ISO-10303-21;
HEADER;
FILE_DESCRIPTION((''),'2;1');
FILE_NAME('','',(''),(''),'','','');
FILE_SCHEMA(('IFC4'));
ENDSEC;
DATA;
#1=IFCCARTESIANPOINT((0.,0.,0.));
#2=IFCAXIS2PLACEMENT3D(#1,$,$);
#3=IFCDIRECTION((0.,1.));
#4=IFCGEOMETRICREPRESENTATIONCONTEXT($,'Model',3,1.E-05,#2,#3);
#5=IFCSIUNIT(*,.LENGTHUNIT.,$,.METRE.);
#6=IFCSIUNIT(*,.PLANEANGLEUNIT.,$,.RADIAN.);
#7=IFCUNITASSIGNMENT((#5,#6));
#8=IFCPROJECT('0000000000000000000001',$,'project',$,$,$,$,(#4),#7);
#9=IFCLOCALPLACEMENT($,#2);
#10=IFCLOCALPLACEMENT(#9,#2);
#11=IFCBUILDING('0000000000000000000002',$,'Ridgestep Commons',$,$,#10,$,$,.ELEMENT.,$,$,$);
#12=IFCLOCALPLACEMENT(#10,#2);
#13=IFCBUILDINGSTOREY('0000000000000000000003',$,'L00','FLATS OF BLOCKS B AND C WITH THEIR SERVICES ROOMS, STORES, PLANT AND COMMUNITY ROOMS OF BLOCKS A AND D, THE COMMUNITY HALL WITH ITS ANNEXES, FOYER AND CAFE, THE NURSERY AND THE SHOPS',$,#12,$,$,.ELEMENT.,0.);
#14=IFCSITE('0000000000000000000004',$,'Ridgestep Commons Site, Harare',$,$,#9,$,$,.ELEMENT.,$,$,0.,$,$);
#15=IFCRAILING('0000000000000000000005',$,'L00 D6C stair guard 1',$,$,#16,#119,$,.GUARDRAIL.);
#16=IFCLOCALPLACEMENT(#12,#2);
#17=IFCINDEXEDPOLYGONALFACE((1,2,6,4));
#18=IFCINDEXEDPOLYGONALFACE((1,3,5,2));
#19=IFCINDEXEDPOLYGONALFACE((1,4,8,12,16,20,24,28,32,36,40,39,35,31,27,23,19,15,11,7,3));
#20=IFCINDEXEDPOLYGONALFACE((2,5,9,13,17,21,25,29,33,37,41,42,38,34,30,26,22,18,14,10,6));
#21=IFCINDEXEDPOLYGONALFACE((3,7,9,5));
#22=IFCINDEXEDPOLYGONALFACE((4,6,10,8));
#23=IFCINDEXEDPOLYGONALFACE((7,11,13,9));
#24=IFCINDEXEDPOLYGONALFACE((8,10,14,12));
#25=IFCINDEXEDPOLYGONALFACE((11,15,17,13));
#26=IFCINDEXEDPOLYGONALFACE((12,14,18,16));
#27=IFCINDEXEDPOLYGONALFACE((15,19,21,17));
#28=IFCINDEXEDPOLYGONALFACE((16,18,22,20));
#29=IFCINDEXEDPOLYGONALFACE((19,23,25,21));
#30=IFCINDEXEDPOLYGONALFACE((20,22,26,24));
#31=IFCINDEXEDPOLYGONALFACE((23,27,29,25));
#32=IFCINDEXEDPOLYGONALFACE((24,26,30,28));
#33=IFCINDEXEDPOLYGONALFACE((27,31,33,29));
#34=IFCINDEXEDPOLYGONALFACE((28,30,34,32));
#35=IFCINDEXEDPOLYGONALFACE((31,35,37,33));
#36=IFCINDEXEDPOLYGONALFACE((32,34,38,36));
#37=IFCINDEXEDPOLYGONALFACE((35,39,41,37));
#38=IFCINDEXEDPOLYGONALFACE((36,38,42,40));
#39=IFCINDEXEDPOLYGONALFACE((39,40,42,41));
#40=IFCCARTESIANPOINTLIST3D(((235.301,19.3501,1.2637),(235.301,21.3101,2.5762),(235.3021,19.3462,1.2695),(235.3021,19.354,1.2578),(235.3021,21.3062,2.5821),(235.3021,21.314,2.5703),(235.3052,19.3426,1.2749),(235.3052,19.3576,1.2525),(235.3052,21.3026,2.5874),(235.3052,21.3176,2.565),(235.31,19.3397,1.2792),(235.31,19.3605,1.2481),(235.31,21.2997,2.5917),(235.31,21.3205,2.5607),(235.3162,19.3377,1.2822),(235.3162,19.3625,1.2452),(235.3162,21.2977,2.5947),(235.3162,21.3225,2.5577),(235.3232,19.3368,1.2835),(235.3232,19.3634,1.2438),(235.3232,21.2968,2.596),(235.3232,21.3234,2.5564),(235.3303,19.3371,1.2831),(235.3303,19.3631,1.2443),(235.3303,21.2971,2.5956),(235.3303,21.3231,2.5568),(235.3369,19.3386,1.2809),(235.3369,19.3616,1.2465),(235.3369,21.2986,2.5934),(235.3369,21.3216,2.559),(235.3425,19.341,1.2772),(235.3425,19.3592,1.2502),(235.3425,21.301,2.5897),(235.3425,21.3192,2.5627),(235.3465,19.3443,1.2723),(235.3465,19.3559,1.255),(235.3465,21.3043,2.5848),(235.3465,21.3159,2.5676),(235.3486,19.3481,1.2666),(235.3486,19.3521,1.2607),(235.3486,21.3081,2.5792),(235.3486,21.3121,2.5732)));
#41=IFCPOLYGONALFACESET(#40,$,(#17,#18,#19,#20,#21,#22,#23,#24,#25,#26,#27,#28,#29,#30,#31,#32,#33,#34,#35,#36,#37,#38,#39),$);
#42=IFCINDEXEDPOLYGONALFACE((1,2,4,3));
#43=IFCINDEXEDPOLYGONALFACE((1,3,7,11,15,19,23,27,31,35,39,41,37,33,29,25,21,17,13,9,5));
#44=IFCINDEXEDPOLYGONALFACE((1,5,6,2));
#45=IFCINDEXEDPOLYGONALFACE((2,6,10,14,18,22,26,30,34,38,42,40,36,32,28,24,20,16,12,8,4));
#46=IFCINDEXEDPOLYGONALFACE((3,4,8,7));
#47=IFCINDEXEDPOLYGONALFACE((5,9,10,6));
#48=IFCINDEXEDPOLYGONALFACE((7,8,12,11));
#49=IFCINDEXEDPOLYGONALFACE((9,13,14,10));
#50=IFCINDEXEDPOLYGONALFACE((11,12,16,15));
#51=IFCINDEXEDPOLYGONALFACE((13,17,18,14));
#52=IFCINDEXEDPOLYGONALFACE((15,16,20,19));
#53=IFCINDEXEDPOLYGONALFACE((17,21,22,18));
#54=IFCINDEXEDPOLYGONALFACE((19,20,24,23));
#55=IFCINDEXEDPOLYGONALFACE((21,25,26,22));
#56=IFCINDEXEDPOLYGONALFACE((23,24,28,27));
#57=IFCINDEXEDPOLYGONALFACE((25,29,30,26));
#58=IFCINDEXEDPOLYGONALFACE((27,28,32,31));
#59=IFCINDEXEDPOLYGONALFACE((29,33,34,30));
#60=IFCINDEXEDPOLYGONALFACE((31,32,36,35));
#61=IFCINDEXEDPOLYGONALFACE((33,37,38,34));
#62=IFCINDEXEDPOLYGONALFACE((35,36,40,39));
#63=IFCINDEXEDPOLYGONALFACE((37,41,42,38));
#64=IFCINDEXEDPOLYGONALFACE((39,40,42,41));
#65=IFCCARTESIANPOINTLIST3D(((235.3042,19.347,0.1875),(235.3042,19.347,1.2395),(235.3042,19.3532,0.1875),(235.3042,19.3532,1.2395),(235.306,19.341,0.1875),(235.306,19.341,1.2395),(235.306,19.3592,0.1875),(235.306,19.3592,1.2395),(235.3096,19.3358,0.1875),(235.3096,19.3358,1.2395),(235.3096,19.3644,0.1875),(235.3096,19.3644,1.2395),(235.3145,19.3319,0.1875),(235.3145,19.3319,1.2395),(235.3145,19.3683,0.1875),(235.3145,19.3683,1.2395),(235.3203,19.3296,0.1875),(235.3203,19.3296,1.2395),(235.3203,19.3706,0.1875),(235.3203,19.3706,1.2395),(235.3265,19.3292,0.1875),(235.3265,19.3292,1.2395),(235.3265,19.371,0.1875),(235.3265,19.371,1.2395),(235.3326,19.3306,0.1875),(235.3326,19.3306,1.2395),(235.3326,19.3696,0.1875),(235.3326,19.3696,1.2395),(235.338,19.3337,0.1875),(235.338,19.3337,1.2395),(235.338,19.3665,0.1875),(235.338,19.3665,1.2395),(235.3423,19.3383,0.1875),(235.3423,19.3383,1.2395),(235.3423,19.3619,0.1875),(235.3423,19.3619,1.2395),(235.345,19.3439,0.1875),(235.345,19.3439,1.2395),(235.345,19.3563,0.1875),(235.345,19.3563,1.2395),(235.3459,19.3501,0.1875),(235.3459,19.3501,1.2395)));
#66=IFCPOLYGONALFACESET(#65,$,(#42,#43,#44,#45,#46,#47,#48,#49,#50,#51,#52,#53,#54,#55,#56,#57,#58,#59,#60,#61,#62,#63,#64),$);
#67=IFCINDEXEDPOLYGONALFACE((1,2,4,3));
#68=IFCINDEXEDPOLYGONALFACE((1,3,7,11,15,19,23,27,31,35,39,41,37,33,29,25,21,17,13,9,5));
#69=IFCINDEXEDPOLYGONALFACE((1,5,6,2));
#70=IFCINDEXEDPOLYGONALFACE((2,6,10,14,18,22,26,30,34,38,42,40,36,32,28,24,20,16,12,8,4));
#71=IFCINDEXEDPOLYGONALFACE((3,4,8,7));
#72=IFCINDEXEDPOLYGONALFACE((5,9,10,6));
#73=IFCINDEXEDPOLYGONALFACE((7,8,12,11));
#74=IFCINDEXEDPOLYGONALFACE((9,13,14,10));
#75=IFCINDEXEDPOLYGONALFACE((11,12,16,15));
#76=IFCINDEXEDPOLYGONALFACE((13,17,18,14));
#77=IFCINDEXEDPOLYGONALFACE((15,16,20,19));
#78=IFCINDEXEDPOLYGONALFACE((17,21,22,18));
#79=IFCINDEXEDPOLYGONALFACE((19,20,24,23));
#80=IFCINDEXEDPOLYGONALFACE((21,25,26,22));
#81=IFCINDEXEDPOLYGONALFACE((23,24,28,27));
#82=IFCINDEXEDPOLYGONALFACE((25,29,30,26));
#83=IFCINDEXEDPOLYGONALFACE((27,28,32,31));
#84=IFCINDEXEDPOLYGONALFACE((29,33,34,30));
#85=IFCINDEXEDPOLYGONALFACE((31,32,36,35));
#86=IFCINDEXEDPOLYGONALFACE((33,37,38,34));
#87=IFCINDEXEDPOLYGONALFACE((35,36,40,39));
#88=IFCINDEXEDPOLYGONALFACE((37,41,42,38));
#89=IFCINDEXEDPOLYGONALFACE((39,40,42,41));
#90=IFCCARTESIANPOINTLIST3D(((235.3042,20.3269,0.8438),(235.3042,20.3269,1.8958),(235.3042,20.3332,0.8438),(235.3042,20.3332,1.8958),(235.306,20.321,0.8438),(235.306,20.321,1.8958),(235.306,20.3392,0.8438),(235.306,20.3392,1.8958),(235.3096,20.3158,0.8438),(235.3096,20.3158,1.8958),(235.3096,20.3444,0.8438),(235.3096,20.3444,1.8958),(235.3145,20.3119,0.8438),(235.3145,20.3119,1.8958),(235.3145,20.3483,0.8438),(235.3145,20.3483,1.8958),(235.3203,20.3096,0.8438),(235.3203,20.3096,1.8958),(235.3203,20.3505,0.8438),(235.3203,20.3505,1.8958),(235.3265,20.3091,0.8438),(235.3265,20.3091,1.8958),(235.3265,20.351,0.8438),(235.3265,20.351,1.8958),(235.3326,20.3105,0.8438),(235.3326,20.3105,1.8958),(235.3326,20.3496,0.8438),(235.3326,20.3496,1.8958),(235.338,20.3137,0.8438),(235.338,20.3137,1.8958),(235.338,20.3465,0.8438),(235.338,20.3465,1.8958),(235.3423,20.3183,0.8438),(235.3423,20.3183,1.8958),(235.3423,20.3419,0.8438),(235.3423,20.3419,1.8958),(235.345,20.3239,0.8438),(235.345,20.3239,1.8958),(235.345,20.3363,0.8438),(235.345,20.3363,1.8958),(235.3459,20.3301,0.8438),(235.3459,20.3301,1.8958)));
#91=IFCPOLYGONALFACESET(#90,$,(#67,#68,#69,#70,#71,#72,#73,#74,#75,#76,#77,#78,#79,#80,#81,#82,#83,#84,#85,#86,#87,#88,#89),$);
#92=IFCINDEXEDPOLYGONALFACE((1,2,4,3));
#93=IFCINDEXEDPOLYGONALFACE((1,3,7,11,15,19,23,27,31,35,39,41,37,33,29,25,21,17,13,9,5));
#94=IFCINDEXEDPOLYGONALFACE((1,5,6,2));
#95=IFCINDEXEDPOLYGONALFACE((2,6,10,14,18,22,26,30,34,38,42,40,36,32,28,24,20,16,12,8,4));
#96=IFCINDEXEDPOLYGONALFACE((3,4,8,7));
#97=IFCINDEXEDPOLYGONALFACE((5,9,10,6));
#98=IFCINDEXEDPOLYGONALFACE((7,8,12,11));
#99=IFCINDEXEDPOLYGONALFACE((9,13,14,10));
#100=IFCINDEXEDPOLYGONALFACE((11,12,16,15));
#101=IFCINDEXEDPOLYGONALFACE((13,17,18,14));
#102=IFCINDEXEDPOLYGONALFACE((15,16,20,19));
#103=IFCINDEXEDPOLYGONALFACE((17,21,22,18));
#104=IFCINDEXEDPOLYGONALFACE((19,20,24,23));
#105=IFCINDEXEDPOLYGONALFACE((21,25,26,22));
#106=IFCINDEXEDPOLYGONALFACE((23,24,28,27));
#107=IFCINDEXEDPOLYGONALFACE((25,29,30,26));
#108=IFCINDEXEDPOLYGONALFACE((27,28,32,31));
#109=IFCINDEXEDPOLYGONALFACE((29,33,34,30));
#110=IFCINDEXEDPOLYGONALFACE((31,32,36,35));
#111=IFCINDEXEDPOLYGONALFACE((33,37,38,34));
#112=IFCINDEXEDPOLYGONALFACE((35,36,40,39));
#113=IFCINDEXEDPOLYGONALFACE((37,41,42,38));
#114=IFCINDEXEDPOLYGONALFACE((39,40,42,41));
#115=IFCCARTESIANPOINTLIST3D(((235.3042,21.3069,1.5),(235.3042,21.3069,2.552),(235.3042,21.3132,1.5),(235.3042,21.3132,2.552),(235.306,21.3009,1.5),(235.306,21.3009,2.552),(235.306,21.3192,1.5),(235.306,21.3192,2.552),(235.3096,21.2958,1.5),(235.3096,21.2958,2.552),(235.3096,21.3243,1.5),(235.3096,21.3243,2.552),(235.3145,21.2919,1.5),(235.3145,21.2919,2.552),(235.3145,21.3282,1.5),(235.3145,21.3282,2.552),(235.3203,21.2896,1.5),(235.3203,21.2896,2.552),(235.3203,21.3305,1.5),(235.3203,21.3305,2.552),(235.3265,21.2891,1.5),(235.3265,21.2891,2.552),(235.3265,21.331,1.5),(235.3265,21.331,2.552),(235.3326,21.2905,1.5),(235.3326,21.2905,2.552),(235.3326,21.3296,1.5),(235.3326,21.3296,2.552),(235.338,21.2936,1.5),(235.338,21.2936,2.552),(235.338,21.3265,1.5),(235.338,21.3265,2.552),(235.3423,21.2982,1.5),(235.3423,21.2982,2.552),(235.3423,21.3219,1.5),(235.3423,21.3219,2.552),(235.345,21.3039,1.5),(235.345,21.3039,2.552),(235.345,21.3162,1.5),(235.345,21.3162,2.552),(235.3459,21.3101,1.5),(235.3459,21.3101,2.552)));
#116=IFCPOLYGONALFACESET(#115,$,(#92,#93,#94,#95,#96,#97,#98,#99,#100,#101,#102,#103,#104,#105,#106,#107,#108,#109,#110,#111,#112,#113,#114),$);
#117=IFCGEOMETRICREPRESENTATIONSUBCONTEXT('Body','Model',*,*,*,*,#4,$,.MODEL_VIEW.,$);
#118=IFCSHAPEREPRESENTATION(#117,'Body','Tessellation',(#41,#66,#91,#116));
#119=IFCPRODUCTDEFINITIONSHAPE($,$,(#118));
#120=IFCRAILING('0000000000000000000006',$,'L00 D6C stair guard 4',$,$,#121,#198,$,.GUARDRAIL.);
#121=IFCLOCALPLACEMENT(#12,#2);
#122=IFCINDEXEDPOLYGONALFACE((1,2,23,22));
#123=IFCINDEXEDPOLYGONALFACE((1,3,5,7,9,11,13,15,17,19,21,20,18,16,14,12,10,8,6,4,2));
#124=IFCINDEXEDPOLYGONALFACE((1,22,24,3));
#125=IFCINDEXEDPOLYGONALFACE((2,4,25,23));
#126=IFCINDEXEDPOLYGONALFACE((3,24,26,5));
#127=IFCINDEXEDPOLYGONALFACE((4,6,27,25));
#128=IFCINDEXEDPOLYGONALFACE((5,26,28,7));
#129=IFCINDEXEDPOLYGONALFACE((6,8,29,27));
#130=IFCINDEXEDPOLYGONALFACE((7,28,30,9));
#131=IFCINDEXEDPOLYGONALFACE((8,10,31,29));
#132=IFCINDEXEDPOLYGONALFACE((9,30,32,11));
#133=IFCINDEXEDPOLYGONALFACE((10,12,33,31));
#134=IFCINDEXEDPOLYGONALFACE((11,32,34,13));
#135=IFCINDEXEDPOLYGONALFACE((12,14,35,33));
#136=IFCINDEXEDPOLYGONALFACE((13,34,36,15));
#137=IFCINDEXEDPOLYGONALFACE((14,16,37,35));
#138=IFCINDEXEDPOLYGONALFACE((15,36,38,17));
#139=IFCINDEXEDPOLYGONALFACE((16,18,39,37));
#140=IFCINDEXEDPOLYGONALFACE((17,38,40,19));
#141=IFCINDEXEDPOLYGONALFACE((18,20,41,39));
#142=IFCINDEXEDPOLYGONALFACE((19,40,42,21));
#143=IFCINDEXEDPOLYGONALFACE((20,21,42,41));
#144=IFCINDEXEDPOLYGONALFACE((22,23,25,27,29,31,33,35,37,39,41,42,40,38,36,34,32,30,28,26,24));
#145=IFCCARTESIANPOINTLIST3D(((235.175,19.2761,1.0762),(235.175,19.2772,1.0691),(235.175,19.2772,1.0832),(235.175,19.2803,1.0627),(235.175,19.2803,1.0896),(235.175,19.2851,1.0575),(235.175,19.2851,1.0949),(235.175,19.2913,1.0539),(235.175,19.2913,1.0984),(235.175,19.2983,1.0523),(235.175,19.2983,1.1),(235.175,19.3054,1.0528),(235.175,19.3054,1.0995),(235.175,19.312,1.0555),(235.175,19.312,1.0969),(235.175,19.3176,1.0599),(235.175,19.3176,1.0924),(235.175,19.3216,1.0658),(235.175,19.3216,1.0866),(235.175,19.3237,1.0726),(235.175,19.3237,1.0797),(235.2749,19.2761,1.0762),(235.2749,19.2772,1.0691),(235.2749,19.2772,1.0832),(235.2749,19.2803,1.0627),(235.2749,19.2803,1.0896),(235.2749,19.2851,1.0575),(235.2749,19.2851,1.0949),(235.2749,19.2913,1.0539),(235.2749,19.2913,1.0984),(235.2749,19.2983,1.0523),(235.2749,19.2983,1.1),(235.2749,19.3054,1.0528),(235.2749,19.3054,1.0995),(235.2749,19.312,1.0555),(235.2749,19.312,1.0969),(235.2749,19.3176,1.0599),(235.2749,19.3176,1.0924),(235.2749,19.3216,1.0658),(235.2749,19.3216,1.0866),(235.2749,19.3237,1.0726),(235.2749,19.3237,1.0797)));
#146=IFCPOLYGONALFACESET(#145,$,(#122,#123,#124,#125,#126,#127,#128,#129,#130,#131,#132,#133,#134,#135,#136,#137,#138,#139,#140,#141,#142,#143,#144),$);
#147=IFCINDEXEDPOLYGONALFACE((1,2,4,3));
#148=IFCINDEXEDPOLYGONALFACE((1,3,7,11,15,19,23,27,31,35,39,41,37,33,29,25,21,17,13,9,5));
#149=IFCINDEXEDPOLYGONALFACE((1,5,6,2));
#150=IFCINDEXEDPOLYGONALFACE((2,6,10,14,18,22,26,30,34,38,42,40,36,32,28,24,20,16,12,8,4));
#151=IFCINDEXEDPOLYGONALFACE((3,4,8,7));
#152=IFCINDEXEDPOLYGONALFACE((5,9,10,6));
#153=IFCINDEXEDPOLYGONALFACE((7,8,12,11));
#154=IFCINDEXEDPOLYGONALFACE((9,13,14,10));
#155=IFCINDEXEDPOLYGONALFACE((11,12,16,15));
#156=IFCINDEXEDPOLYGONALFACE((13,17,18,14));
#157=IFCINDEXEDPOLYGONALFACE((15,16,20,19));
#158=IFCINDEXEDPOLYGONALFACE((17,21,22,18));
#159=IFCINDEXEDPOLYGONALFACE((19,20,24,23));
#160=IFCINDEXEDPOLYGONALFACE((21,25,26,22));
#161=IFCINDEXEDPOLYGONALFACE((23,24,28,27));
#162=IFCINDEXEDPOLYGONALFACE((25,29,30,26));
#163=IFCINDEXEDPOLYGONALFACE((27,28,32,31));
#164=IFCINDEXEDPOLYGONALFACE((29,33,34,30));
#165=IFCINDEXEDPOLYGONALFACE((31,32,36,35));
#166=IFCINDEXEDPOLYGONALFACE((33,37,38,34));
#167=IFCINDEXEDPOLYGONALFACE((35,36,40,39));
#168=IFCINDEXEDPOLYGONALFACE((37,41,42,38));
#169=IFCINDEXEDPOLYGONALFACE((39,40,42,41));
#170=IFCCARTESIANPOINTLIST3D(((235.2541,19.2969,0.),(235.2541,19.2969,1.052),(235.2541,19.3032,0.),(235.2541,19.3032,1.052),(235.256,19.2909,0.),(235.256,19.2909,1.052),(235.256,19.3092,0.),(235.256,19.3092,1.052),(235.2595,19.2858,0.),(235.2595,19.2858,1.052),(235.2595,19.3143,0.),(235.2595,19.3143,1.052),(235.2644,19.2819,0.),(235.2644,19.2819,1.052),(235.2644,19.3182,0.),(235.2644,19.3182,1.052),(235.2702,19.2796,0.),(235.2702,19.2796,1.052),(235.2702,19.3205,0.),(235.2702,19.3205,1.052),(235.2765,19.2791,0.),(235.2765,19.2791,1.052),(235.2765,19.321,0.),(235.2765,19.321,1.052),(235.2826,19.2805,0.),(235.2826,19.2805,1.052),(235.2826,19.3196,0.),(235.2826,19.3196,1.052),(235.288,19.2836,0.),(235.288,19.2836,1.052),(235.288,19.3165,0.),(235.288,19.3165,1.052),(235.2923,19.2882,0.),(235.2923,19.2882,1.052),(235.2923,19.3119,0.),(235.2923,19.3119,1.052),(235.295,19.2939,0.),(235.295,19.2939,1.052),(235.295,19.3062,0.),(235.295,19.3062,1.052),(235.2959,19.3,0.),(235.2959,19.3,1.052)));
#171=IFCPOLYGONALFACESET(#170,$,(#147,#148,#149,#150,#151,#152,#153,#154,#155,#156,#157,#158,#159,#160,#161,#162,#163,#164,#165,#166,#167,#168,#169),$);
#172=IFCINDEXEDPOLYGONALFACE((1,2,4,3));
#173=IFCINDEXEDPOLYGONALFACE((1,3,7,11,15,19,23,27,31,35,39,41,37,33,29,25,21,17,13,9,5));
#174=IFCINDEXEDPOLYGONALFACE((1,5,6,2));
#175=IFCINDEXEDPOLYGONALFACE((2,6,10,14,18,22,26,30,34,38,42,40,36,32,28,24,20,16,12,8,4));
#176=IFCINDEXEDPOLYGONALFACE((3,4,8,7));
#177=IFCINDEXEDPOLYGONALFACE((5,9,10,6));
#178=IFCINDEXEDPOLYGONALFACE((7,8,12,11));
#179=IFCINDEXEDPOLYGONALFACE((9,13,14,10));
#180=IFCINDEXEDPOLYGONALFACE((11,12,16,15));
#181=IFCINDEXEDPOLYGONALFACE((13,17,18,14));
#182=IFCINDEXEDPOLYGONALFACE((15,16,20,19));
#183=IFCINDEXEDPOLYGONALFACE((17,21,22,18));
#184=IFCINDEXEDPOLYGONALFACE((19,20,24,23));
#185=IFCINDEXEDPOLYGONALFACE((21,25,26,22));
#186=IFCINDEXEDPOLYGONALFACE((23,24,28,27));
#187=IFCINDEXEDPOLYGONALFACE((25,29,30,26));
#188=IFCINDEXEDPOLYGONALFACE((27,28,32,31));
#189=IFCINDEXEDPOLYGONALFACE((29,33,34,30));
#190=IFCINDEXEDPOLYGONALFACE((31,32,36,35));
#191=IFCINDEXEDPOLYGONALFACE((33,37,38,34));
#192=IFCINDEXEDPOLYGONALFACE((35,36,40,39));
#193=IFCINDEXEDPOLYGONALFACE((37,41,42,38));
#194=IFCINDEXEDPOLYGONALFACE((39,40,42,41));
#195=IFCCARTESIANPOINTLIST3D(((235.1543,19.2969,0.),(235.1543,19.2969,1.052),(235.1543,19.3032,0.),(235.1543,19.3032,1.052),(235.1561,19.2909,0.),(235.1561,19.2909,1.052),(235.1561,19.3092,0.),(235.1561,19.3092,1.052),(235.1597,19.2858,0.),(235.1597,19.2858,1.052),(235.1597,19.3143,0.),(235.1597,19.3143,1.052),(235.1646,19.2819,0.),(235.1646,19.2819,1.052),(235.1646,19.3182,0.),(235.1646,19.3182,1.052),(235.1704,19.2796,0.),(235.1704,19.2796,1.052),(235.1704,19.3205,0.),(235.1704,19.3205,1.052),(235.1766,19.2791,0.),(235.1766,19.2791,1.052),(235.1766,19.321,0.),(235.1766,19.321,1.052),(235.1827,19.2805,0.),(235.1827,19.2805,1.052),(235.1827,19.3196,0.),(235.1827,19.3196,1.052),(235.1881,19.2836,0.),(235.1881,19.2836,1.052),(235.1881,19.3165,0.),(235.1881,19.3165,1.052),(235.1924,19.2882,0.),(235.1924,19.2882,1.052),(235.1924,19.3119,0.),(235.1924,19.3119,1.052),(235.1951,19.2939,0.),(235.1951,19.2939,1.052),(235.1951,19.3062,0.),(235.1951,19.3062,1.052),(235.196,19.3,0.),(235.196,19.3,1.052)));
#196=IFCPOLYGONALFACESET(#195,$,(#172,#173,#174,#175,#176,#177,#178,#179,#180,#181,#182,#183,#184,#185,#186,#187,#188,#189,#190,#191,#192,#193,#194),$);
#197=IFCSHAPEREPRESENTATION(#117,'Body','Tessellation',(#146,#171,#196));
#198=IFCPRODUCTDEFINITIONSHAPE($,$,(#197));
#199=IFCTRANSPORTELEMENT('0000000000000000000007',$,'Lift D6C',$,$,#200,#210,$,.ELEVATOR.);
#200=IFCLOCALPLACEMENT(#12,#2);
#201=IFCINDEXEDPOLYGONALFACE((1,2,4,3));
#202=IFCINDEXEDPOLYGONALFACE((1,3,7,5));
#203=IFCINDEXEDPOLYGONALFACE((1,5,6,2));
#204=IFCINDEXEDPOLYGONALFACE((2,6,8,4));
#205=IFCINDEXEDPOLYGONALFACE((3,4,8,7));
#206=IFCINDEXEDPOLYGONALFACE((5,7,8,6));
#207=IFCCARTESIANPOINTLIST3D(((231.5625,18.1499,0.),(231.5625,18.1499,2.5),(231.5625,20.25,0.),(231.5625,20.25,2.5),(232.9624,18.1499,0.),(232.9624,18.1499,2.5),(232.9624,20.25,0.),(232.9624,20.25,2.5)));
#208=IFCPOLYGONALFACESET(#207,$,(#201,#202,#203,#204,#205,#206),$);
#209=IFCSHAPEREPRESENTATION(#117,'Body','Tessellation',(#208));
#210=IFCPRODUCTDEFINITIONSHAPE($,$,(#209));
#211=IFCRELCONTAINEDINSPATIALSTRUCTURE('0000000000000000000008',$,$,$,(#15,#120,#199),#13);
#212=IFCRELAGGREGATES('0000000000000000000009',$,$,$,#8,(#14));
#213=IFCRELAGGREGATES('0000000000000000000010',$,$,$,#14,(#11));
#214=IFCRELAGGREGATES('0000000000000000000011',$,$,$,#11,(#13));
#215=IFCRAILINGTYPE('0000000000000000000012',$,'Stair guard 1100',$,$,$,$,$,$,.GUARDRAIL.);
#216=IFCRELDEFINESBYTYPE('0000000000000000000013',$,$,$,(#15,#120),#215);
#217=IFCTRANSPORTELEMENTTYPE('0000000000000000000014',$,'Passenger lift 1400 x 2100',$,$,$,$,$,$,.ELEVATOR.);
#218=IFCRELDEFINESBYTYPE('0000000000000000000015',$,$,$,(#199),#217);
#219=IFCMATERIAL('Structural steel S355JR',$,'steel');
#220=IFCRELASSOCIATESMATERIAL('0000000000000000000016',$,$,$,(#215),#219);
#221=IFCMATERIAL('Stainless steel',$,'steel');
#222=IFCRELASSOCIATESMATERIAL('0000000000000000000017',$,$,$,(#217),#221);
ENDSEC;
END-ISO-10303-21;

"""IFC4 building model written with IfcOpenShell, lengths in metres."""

from ifc_helpers import new_model, si_unit, direction, frame, origin, origin_2d, place, context, subcontext, project, spatial, rectangle, circle, extrude, material, type_object, element, save


model = new_model("IFC4")

# Units and contexts
model_context = context("Model", 3, precision=1e-05, world=origin(), true_north=direction((0.0, 1.0)))
body_context = subcontext(model_context, "Body", "Model", "MODEL_VIEW")
ifc_project = project(units=[si_unit("LENGTHUNIT", "METRE"), si_unit("PLANEANGLEUNIT", "RADIAN")], contexts=[model_context])

# Site, building, storey
site_placement = place(None, origin())
site = spatial("IfcSite", under=ifc_project, at=site_placement, Name="Ridgestep Commons Site, Harare", CompositionType="ELEMENT", RefElevation=0.0)
building_placement = place(site_placement, origin())
building = spatial("IfcBuilding", under=site, at=building_placement, Name="Ridgestep Commons", CompositionType="ELEMENT")
storey_placement = place(building_placement, origin())
storey = spatial("IfcBuildingStorey", under=building, at=storey_placement, Name="L00", Description="FLATS OF BLOCKS B AND C WITH THEIR SERVICES ROOMS, STORES, PLANT AND COMMUNITY ROOMS OF BLOCKS A AND D, THE COMMUNITY HALL WITH ITS ANNEXES, FOYER AND CAFE, THE NURSERY AND THE SHOPS", CompositionType="ELEMENT", Elevation=0.0)

# Railings
ifc_material_1 = material(Name="Structural steel S355JR", Category="steel")
railing_type_1 = type_object("IfcRailingType", Name="Stair guard 1100", PredefinedType="GUARDRAIL", material=ifc_material_1)
railing_1_placement = place(storey_placement, frame((235.325, 19.3501, 0.1875)))
element("IfcRailing", 1, at=railing_1_placement, inside=storey, type_object=railing_type_1, Name="L00 D6C stair guard 1", PredefinedType="GUARDRAIL", context=body_context, shape_type="SweptSolid", body=[
    extrude(circle(Radius=0.0239, at=origin_2d()), frame((0.0, 0.0, 1.0762), z_axis=(0.0, 0.830902, 0.556419), x_axis=(-1.0, 0.0, 0.0)), (0.0, 0.0, 1.0), 2.3589),
    extrude(circle(Radius=0.021, at=origin_2d()), origin(), (0.0, 0.0, 1.0), 1.052),
    extrude(circle(Radius=0.021, at=origin_2d()), frame((0.0, 0.98, 0.6562)), (0.0, 0.0, 1.0), 1.052),
    extrude(circle(Radius=0.021, at=origin_2d()), frame((0.0, 1.96, 1.3125)), (0.0, 0.0, 1.0), 1.052),
])
railing_2_placement = place(storey_placement, frame((235.2749, 19.3, 0.0)))
element("IfcRailing", 2, at=railing_2_placement, inside=storey, type_object=railing_type_1, Name="L00 D6C stair guard 4", PredefinedType="GUARDRAIL", context=body_context, shape_type="SweptSolid", body=[
    extrude(circle(Radius=0.0239, at=origin_2d()), frame((0.0, 0.0, 1.0762), z_axis=(-1.0, 0.0, 0.0), x_axis=(0.0, -1.0, 0.0)), (0.0, 0.0, 1.0), 0.0999),
    extrude(circle(Radius=0.021, at=origin_2d()), origin(), (0.0, 0.0, 1.0), 1.052),
    extrude(circle(Radius=0.021, at=origin_2d()), frame((-0.0999, 0.0, 0.0)), (0.0, 0.0, 1.0), 1.052),
])

# Transport element
ifc_material_2 = material(Name="Stainless steel", Category="steel")
transport_element_type = type_object("IfcTransportElementType", Name="Passenger lift 1400 x 2100", PredefinedType="ELEVATOR", material=ifc_material_2)
transport_element_placement = place(storey_placement, frame((232.2625, 19.2, 0.0), z_axis=(0.0, 0.0, 1.0), x_axis=(1.0, 0.0, 0.0)))
element("IfcTransportElement", 3, at=transport_element_placement, inside=storey, type_object=transport_element_type, Name="Lift D6C", PredefinedType="ELEVATOR", context=body_context, shape_type="SweptSolid", body=[
    extrude(rectangle(XDim=1.3999, YDim=2.1001, at=origin_2d()), origin(), (0.0, 0.0, 1.0), 2.5),
])

save(model, "model.ifc")
